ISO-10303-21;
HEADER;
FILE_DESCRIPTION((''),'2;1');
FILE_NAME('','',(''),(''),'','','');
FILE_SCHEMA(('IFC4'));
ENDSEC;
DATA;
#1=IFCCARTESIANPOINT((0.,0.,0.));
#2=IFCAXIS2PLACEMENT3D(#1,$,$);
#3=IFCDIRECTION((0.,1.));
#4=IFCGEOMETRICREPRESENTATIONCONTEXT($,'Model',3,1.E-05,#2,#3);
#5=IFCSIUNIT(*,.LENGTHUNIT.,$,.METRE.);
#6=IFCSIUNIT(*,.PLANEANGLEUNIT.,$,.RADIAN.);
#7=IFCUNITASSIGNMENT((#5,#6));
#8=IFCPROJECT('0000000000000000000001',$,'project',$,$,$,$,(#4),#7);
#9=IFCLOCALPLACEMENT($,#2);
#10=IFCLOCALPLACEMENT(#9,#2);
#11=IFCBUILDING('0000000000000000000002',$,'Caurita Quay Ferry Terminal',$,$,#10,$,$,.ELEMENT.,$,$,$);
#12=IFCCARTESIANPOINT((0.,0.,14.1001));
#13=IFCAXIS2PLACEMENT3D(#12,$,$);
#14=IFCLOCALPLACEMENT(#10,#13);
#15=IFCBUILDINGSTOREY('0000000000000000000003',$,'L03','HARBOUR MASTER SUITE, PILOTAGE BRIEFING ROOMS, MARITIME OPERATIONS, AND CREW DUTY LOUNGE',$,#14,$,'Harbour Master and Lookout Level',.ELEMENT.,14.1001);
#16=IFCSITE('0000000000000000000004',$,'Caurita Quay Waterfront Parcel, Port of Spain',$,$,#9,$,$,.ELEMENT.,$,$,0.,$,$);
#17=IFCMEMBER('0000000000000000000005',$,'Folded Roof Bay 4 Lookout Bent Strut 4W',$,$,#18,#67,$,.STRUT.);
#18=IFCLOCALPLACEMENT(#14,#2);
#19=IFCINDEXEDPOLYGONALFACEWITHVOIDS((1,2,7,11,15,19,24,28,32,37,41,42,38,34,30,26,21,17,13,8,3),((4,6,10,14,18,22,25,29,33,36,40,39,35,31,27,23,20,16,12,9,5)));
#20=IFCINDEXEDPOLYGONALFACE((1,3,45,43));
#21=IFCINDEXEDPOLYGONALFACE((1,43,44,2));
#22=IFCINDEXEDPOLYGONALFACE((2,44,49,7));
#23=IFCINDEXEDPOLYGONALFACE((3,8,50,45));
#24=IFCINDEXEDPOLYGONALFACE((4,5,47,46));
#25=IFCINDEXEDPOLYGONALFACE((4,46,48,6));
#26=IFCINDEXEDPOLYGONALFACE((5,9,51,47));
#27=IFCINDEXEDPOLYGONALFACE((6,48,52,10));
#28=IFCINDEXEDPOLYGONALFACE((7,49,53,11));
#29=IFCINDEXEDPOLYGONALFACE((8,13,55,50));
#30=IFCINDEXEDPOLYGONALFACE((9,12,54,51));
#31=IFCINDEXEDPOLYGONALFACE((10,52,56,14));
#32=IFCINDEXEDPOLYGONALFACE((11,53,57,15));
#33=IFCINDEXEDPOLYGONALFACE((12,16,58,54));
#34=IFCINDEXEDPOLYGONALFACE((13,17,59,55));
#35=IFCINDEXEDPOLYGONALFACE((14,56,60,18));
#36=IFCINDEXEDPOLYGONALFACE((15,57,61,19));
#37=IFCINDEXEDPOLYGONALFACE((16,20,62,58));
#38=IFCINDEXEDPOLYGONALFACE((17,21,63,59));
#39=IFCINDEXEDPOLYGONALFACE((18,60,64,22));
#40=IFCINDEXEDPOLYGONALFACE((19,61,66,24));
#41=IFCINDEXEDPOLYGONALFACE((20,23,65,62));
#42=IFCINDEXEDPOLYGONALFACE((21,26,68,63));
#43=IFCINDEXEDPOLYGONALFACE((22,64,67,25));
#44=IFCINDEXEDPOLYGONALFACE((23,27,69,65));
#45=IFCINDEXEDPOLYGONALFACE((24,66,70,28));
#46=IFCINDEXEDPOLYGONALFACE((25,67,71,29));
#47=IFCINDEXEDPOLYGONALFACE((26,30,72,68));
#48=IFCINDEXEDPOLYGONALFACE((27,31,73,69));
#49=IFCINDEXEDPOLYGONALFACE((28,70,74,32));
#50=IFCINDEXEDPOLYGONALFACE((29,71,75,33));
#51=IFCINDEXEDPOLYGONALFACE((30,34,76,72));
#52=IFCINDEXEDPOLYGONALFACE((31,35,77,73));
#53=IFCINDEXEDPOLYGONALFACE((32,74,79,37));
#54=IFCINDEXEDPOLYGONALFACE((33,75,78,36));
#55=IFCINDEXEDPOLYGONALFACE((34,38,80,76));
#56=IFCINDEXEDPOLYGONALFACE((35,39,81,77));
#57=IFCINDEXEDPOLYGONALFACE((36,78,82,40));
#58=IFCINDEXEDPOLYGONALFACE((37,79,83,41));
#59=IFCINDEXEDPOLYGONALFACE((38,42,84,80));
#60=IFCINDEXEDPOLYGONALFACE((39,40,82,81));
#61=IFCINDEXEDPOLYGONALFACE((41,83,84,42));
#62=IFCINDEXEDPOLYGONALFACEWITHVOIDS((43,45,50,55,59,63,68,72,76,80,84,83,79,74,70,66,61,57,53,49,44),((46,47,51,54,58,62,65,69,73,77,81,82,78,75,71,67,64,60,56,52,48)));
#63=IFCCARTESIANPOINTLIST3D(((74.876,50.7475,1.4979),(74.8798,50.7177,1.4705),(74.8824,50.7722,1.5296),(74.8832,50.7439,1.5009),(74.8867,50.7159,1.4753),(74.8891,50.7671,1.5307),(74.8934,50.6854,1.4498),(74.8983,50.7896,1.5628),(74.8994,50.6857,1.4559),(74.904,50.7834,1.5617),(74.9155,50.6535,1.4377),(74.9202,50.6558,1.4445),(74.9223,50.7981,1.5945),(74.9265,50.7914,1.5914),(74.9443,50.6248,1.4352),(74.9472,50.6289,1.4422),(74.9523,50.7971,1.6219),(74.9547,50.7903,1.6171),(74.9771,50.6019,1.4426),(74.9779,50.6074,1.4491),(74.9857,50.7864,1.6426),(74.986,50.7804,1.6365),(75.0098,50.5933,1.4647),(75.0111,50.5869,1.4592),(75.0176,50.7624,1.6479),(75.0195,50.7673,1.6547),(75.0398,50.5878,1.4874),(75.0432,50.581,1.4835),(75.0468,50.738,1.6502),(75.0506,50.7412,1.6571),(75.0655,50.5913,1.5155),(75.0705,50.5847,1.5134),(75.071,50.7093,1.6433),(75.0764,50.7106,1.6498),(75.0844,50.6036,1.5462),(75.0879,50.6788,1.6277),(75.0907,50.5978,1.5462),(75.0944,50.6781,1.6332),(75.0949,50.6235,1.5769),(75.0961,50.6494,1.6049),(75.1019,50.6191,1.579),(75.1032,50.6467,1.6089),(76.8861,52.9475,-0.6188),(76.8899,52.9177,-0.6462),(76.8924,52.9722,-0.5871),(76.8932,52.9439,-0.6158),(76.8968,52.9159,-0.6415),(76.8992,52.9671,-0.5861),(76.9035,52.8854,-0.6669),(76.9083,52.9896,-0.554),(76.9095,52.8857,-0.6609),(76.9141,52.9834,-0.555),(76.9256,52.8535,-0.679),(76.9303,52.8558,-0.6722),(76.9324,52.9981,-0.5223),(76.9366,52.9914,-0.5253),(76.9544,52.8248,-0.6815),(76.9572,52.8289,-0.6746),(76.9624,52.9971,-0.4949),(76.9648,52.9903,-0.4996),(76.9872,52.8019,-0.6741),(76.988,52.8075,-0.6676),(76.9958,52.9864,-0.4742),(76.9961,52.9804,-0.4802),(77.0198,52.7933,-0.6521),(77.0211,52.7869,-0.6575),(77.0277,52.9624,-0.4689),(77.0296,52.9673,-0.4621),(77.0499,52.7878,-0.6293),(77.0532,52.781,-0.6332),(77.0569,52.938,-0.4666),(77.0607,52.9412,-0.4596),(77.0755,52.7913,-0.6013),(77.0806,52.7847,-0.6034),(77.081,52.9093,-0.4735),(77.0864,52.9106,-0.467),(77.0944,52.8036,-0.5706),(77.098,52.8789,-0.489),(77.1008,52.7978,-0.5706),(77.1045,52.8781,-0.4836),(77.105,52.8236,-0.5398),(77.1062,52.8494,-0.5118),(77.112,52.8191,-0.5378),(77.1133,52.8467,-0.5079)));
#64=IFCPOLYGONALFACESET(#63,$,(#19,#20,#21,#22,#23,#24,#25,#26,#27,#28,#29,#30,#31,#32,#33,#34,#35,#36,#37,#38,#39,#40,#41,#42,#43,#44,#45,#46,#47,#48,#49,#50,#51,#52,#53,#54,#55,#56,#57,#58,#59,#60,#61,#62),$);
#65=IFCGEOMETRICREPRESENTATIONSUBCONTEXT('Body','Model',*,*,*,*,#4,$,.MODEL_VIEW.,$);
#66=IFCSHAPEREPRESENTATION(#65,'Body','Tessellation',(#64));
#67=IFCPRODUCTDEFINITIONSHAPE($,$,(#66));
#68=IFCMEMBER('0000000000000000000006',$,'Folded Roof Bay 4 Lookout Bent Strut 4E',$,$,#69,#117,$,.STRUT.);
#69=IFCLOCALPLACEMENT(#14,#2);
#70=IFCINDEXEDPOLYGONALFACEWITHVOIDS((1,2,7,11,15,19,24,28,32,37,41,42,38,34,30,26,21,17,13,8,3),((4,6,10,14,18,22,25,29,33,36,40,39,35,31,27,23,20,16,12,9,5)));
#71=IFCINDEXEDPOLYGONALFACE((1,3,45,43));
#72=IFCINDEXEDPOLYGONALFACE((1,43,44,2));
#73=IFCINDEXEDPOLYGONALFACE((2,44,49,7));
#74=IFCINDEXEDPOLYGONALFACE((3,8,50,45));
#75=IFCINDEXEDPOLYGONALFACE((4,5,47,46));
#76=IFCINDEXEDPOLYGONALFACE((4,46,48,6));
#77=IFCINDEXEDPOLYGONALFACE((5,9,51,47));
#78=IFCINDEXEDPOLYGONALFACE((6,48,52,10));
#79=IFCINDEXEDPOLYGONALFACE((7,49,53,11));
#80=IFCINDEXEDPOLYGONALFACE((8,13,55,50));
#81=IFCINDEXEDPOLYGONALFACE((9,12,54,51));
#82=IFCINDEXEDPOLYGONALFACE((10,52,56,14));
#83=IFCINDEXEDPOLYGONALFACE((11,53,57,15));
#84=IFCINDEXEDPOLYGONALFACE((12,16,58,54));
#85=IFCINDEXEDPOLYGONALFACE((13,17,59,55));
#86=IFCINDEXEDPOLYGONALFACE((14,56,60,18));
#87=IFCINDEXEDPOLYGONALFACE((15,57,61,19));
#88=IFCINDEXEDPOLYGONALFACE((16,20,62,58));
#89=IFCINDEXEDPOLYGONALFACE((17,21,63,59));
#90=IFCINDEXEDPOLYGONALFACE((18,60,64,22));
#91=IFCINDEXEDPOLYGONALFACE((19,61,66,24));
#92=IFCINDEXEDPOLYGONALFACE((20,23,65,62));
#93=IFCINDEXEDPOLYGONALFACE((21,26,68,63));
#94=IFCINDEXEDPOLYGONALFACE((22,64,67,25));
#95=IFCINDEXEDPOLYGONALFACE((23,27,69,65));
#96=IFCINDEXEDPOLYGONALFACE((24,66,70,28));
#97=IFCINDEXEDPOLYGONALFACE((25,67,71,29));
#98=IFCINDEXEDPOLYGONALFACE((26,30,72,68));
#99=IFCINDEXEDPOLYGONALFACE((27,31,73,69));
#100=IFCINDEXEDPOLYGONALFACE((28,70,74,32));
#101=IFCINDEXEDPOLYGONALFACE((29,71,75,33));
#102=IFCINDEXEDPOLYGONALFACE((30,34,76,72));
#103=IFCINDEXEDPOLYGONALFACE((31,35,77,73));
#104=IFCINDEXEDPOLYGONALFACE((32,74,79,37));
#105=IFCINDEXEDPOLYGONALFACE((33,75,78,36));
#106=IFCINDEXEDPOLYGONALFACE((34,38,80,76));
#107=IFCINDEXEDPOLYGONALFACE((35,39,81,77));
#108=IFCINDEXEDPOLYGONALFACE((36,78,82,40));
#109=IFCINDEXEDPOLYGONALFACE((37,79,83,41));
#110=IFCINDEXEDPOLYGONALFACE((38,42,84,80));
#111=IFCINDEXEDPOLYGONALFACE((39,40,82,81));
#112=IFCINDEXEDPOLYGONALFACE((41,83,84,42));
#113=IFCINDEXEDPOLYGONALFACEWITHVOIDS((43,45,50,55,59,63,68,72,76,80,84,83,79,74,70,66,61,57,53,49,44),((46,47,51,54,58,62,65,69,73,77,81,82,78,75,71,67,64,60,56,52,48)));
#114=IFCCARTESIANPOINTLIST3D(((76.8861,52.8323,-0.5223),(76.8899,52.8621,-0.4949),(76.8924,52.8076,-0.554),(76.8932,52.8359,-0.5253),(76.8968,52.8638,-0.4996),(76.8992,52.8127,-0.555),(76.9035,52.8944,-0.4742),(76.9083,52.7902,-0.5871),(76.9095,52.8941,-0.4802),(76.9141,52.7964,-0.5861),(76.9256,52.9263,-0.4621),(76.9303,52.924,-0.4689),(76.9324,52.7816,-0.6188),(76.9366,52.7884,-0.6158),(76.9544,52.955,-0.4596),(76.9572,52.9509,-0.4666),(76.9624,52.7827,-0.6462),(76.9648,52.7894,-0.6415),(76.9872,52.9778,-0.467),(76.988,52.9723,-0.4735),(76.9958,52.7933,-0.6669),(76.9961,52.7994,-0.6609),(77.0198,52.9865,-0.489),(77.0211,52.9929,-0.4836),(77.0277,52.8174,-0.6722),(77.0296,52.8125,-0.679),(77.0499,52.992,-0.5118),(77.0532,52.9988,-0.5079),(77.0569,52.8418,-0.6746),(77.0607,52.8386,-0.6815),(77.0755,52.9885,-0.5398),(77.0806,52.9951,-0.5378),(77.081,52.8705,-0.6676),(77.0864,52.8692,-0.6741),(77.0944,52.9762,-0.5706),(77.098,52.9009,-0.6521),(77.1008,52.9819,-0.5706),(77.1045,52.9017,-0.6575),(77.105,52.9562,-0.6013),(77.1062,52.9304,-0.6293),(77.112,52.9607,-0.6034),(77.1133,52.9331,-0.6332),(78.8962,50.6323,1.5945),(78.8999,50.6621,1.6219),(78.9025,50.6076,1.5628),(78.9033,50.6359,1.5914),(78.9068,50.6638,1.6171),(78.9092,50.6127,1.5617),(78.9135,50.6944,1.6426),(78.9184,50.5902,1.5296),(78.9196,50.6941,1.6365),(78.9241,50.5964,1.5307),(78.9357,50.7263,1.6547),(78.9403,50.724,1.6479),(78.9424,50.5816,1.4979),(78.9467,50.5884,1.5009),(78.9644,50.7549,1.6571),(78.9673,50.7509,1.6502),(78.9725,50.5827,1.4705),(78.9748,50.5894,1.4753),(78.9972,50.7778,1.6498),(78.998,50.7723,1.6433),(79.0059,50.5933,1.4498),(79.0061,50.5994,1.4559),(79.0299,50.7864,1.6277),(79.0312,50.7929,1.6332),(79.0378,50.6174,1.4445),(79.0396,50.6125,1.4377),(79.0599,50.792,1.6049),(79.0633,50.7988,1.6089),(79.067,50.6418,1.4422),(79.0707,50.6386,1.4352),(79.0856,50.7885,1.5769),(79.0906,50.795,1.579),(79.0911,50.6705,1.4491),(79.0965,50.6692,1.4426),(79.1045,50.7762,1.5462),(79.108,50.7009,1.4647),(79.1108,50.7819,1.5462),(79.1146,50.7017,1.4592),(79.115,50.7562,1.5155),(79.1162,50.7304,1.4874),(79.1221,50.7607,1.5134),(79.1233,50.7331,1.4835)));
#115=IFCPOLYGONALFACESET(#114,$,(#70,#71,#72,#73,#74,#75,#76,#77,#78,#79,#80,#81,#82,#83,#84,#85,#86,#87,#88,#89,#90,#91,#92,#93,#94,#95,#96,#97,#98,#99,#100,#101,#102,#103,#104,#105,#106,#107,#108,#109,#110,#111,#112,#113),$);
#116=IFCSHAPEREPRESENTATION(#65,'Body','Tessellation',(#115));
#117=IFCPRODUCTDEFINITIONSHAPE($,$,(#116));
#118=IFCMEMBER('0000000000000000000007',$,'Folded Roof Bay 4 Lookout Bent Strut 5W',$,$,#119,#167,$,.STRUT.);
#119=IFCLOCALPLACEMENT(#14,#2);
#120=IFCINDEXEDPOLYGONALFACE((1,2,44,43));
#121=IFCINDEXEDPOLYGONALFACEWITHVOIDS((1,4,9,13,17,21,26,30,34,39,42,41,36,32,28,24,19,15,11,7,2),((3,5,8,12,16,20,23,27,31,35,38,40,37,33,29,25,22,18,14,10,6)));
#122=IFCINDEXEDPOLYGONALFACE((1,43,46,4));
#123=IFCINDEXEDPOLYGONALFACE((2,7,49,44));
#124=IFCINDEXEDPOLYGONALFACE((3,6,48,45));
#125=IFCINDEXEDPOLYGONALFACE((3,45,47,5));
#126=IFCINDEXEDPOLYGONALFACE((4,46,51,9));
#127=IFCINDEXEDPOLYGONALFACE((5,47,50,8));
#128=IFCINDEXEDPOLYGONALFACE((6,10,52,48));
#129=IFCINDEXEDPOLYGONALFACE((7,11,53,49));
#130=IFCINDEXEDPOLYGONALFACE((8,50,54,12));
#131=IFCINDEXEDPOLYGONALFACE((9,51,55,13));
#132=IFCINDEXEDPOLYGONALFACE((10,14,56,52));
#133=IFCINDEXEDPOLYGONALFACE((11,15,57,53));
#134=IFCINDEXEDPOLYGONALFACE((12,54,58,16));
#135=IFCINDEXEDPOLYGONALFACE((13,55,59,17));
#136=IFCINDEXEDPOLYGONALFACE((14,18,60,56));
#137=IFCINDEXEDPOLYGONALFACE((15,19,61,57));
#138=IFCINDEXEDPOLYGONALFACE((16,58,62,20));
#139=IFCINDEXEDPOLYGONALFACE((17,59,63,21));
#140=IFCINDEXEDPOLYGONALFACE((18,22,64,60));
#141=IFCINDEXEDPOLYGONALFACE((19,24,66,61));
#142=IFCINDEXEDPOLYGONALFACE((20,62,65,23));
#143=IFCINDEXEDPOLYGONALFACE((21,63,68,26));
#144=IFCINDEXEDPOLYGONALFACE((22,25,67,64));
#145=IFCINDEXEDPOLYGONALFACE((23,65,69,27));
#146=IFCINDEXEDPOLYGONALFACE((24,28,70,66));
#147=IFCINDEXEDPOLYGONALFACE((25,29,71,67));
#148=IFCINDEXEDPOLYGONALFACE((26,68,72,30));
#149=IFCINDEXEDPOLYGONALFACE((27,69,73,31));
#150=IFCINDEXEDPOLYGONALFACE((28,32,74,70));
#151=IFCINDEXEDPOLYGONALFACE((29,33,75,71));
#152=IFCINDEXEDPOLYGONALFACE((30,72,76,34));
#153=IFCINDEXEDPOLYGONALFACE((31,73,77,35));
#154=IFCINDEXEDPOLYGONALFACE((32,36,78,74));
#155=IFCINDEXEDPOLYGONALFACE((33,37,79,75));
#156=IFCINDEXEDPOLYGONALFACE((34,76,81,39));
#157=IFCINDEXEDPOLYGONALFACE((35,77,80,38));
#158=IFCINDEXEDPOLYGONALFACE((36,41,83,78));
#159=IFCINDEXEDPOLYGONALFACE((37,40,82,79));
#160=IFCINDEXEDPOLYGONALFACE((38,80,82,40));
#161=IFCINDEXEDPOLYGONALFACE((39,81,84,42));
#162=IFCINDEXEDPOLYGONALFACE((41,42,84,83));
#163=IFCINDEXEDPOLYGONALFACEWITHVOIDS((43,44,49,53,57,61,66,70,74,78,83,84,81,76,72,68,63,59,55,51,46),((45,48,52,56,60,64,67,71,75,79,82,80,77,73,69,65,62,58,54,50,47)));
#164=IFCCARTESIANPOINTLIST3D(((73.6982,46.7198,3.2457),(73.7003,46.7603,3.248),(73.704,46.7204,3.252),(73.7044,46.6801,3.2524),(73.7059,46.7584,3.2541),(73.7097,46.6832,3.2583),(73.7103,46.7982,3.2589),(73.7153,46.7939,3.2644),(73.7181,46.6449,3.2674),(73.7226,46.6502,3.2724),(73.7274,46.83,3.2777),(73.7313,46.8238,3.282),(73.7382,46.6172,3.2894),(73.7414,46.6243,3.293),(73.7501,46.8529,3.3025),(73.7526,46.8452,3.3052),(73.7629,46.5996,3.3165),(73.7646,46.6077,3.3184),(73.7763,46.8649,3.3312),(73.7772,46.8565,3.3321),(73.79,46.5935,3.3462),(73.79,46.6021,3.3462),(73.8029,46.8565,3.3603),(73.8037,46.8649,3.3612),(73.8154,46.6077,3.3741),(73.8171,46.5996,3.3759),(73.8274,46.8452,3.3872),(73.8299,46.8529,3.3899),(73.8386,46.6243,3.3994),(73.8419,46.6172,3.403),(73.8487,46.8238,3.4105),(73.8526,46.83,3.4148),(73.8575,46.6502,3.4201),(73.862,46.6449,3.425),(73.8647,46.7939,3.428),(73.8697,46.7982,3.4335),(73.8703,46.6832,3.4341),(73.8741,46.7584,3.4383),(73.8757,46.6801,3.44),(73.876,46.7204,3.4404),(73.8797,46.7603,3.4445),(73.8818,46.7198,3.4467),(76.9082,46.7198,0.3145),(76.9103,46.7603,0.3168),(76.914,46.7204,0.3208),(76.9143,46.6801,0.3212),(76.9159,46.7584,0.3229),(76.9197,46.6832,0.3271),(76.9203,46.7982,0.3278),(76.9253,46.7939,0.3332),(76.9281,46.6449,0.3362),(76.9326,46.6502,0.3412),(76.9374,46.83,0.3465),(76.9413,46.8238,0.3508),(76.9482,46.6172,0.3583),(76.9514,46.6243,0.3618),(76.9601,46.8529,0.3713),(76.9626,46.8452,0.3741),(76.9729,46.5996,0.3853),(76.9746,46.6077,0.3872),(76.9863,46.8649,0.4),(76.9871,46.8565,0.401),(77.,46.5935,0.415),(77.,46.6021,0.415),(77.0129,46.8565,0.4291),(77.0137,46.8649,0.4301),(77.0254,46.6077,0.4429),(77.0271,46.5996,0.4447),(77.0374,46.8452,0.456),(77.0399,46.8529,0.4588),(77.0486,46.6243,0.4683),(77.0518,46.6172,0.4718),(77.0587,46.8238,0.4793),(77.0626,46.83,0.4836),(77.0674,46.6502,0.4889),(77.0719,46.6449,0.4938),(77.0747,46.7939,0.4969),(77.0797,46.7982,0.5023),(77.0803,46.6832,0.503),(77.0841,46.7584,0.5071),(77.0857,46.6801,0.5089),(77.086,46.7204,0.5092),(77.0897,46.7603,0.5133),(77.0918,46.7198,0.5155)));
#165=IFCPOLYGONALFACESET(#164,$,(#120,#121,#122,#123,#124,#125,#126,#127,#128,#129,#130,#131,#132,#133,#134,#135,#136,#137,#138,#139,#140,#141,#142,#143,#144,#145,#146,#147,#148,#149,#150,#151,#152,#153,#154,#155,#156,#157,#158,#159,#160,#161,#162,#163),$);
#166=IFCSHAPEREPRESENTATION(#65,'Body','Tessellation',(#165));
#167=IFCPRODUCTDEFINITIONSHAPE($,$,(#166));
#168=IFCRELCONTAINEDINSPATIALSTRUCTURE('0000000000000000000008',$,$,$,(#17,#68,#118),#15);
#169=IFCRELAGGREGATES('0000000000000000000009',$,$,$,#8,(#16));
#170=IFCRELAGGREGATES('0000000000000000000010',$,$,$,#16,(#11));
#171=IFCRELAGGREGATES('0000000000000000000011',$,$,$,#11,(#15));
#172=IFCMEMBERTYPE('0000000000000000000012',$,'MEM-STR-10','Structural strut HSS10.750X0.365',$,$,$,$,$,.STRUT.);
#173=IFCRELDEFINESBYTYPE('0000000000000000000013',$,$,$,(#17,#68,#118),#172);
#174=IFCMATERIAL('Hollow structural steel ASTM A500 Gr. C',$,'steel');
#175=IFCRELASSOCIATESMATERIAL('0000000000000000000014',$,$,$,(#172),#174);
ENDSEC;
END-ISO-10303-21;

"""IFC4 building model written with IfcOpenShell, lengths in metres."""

from ifc_helpers import new_model, si_unit, direction, frame, origin, origin_2d, place, context, subcontext, project, spatial, hollow_circle, extrude, material, material_profile, profile_set, type_object, element, save


model = new_model("IFC4")

# Units and contexts
model_context = context("Model", 3, precision=1e-05, world=origin(), true_north=direction((0.0, 1.0)))
body_context = subcontext(model_context, "Body", "Model", "MODEL_VIEW")
ifc_project = project(units=[si_unit("LENGTHUNIT", "METRE"), si_unit("PLANEANGLEUNIT", "RADIAN")], contexts=[model_context])

# Site, building, storey
site_placement = place(None, origin())
site = spatial("IfcSite", under=ifc_project, at=site_placement, Name="Caurita Quay Waterfront Parcel, Port of Spain", CompositionType="ELEMENT", RefElevation=0.0)
building_placement = place(site_placement, origin())
building = spatial("IfcBuilding", under=site, at=building_placement, Name="Caurita Quay Ferry Terminal", CompositionType="ELEMENT")
storey_placement = place(building_placement, frame((0.0, 0.0, 14.1001)))
storey = spatial("IfcBuildingStorey", under=building, at=storey_placement, Name="L03", Description="HARBOUR MASTER SUITE, PILOTAGE BRIEFING ROOMS, MARITIME OPERATIONS, AND CREW DUTY LOUNGE", LongName="Harbour Master and Lookout Level", CompositionType="ELEMENT", Elevation=14.1001)

# Shared definitions
ifc_material_1 = material(Name="Hollow structural steel ASTM A500 Gr. C", Category="steel")

# Members
ifc_material_profile_1 = material_profile(ifc_material_1, hollow_circle(Radius=0.1365, WallThickness=0.0085, at=origin_2d()), Name="HSS10.750X0.365")
ifc_profile_set_1 = profile_set([ifc_material_profile_1], Name="Hollow structural steel ASTM A500 Gr. C")
member_type_1 = type_object("IfcMemberType", Name="MEM-STR-10", Description="Structural strut HSS10.750X0.365", PredefinedType="STRUT", material=ifc_profile_set_1)
for number, where, z_axis, x_axis, name in (
    (1, (77.0, 52.8899, -0.5706), (-0.549907, -0.601872, 0.579096), (0.738258, -0.674518, 0.0), "Folded Roof Bay 4 Lookout Bent Strut 4W"),
    (2, (77.0, 52.8899, -0.5706), (0.549907, -0.601872, 0.579096), (0.738258, 0.674518, 0.0), "Folded Roof Bay 4 Lookout Bent Strut 4E"),
):
    element("IfcMember", number, at=place(storey_placement, frame(where, z_axis=z_axis, x_axis=x_axis)), inside=storey, type_object=member_type_1, Name=name, PredefinedType="STRUT", context=body_context, shape_type="SweptSolid", body=[
        extrude(hollow_circle(Radius=0.1365, WallThickness=0.0085, at=origin_2d()), origin(), (0.0, 0.0, 1.0), 3.6553),
    ])
for number, where, z_axis, x_axis, name in (
    (3, (77.0, 46.73, 0.415), (-0.738449, 0.0, 0.674309), (0.0, -1.0, 0.0), "Folded Roof Bay 4 Lookout Bent Strut 5W"),
):
    element("IfcMember", number, at=place(storey_placement, frame(where, z_axis=z_axis, x_axis=x_axis)), inside=storey, type_object=member_type_1, Name=name, PredefinedType="STRUT", context=body_context, shape_type="SweptSolid", body=[
        extrude(hollow_circle(Radius=0.1365, WallThickness=0.0085, at=origin_2d()), origin(), (0.0, 0.0, 1.0), 4.3469),
    ])

save(model, "model.ifc")
